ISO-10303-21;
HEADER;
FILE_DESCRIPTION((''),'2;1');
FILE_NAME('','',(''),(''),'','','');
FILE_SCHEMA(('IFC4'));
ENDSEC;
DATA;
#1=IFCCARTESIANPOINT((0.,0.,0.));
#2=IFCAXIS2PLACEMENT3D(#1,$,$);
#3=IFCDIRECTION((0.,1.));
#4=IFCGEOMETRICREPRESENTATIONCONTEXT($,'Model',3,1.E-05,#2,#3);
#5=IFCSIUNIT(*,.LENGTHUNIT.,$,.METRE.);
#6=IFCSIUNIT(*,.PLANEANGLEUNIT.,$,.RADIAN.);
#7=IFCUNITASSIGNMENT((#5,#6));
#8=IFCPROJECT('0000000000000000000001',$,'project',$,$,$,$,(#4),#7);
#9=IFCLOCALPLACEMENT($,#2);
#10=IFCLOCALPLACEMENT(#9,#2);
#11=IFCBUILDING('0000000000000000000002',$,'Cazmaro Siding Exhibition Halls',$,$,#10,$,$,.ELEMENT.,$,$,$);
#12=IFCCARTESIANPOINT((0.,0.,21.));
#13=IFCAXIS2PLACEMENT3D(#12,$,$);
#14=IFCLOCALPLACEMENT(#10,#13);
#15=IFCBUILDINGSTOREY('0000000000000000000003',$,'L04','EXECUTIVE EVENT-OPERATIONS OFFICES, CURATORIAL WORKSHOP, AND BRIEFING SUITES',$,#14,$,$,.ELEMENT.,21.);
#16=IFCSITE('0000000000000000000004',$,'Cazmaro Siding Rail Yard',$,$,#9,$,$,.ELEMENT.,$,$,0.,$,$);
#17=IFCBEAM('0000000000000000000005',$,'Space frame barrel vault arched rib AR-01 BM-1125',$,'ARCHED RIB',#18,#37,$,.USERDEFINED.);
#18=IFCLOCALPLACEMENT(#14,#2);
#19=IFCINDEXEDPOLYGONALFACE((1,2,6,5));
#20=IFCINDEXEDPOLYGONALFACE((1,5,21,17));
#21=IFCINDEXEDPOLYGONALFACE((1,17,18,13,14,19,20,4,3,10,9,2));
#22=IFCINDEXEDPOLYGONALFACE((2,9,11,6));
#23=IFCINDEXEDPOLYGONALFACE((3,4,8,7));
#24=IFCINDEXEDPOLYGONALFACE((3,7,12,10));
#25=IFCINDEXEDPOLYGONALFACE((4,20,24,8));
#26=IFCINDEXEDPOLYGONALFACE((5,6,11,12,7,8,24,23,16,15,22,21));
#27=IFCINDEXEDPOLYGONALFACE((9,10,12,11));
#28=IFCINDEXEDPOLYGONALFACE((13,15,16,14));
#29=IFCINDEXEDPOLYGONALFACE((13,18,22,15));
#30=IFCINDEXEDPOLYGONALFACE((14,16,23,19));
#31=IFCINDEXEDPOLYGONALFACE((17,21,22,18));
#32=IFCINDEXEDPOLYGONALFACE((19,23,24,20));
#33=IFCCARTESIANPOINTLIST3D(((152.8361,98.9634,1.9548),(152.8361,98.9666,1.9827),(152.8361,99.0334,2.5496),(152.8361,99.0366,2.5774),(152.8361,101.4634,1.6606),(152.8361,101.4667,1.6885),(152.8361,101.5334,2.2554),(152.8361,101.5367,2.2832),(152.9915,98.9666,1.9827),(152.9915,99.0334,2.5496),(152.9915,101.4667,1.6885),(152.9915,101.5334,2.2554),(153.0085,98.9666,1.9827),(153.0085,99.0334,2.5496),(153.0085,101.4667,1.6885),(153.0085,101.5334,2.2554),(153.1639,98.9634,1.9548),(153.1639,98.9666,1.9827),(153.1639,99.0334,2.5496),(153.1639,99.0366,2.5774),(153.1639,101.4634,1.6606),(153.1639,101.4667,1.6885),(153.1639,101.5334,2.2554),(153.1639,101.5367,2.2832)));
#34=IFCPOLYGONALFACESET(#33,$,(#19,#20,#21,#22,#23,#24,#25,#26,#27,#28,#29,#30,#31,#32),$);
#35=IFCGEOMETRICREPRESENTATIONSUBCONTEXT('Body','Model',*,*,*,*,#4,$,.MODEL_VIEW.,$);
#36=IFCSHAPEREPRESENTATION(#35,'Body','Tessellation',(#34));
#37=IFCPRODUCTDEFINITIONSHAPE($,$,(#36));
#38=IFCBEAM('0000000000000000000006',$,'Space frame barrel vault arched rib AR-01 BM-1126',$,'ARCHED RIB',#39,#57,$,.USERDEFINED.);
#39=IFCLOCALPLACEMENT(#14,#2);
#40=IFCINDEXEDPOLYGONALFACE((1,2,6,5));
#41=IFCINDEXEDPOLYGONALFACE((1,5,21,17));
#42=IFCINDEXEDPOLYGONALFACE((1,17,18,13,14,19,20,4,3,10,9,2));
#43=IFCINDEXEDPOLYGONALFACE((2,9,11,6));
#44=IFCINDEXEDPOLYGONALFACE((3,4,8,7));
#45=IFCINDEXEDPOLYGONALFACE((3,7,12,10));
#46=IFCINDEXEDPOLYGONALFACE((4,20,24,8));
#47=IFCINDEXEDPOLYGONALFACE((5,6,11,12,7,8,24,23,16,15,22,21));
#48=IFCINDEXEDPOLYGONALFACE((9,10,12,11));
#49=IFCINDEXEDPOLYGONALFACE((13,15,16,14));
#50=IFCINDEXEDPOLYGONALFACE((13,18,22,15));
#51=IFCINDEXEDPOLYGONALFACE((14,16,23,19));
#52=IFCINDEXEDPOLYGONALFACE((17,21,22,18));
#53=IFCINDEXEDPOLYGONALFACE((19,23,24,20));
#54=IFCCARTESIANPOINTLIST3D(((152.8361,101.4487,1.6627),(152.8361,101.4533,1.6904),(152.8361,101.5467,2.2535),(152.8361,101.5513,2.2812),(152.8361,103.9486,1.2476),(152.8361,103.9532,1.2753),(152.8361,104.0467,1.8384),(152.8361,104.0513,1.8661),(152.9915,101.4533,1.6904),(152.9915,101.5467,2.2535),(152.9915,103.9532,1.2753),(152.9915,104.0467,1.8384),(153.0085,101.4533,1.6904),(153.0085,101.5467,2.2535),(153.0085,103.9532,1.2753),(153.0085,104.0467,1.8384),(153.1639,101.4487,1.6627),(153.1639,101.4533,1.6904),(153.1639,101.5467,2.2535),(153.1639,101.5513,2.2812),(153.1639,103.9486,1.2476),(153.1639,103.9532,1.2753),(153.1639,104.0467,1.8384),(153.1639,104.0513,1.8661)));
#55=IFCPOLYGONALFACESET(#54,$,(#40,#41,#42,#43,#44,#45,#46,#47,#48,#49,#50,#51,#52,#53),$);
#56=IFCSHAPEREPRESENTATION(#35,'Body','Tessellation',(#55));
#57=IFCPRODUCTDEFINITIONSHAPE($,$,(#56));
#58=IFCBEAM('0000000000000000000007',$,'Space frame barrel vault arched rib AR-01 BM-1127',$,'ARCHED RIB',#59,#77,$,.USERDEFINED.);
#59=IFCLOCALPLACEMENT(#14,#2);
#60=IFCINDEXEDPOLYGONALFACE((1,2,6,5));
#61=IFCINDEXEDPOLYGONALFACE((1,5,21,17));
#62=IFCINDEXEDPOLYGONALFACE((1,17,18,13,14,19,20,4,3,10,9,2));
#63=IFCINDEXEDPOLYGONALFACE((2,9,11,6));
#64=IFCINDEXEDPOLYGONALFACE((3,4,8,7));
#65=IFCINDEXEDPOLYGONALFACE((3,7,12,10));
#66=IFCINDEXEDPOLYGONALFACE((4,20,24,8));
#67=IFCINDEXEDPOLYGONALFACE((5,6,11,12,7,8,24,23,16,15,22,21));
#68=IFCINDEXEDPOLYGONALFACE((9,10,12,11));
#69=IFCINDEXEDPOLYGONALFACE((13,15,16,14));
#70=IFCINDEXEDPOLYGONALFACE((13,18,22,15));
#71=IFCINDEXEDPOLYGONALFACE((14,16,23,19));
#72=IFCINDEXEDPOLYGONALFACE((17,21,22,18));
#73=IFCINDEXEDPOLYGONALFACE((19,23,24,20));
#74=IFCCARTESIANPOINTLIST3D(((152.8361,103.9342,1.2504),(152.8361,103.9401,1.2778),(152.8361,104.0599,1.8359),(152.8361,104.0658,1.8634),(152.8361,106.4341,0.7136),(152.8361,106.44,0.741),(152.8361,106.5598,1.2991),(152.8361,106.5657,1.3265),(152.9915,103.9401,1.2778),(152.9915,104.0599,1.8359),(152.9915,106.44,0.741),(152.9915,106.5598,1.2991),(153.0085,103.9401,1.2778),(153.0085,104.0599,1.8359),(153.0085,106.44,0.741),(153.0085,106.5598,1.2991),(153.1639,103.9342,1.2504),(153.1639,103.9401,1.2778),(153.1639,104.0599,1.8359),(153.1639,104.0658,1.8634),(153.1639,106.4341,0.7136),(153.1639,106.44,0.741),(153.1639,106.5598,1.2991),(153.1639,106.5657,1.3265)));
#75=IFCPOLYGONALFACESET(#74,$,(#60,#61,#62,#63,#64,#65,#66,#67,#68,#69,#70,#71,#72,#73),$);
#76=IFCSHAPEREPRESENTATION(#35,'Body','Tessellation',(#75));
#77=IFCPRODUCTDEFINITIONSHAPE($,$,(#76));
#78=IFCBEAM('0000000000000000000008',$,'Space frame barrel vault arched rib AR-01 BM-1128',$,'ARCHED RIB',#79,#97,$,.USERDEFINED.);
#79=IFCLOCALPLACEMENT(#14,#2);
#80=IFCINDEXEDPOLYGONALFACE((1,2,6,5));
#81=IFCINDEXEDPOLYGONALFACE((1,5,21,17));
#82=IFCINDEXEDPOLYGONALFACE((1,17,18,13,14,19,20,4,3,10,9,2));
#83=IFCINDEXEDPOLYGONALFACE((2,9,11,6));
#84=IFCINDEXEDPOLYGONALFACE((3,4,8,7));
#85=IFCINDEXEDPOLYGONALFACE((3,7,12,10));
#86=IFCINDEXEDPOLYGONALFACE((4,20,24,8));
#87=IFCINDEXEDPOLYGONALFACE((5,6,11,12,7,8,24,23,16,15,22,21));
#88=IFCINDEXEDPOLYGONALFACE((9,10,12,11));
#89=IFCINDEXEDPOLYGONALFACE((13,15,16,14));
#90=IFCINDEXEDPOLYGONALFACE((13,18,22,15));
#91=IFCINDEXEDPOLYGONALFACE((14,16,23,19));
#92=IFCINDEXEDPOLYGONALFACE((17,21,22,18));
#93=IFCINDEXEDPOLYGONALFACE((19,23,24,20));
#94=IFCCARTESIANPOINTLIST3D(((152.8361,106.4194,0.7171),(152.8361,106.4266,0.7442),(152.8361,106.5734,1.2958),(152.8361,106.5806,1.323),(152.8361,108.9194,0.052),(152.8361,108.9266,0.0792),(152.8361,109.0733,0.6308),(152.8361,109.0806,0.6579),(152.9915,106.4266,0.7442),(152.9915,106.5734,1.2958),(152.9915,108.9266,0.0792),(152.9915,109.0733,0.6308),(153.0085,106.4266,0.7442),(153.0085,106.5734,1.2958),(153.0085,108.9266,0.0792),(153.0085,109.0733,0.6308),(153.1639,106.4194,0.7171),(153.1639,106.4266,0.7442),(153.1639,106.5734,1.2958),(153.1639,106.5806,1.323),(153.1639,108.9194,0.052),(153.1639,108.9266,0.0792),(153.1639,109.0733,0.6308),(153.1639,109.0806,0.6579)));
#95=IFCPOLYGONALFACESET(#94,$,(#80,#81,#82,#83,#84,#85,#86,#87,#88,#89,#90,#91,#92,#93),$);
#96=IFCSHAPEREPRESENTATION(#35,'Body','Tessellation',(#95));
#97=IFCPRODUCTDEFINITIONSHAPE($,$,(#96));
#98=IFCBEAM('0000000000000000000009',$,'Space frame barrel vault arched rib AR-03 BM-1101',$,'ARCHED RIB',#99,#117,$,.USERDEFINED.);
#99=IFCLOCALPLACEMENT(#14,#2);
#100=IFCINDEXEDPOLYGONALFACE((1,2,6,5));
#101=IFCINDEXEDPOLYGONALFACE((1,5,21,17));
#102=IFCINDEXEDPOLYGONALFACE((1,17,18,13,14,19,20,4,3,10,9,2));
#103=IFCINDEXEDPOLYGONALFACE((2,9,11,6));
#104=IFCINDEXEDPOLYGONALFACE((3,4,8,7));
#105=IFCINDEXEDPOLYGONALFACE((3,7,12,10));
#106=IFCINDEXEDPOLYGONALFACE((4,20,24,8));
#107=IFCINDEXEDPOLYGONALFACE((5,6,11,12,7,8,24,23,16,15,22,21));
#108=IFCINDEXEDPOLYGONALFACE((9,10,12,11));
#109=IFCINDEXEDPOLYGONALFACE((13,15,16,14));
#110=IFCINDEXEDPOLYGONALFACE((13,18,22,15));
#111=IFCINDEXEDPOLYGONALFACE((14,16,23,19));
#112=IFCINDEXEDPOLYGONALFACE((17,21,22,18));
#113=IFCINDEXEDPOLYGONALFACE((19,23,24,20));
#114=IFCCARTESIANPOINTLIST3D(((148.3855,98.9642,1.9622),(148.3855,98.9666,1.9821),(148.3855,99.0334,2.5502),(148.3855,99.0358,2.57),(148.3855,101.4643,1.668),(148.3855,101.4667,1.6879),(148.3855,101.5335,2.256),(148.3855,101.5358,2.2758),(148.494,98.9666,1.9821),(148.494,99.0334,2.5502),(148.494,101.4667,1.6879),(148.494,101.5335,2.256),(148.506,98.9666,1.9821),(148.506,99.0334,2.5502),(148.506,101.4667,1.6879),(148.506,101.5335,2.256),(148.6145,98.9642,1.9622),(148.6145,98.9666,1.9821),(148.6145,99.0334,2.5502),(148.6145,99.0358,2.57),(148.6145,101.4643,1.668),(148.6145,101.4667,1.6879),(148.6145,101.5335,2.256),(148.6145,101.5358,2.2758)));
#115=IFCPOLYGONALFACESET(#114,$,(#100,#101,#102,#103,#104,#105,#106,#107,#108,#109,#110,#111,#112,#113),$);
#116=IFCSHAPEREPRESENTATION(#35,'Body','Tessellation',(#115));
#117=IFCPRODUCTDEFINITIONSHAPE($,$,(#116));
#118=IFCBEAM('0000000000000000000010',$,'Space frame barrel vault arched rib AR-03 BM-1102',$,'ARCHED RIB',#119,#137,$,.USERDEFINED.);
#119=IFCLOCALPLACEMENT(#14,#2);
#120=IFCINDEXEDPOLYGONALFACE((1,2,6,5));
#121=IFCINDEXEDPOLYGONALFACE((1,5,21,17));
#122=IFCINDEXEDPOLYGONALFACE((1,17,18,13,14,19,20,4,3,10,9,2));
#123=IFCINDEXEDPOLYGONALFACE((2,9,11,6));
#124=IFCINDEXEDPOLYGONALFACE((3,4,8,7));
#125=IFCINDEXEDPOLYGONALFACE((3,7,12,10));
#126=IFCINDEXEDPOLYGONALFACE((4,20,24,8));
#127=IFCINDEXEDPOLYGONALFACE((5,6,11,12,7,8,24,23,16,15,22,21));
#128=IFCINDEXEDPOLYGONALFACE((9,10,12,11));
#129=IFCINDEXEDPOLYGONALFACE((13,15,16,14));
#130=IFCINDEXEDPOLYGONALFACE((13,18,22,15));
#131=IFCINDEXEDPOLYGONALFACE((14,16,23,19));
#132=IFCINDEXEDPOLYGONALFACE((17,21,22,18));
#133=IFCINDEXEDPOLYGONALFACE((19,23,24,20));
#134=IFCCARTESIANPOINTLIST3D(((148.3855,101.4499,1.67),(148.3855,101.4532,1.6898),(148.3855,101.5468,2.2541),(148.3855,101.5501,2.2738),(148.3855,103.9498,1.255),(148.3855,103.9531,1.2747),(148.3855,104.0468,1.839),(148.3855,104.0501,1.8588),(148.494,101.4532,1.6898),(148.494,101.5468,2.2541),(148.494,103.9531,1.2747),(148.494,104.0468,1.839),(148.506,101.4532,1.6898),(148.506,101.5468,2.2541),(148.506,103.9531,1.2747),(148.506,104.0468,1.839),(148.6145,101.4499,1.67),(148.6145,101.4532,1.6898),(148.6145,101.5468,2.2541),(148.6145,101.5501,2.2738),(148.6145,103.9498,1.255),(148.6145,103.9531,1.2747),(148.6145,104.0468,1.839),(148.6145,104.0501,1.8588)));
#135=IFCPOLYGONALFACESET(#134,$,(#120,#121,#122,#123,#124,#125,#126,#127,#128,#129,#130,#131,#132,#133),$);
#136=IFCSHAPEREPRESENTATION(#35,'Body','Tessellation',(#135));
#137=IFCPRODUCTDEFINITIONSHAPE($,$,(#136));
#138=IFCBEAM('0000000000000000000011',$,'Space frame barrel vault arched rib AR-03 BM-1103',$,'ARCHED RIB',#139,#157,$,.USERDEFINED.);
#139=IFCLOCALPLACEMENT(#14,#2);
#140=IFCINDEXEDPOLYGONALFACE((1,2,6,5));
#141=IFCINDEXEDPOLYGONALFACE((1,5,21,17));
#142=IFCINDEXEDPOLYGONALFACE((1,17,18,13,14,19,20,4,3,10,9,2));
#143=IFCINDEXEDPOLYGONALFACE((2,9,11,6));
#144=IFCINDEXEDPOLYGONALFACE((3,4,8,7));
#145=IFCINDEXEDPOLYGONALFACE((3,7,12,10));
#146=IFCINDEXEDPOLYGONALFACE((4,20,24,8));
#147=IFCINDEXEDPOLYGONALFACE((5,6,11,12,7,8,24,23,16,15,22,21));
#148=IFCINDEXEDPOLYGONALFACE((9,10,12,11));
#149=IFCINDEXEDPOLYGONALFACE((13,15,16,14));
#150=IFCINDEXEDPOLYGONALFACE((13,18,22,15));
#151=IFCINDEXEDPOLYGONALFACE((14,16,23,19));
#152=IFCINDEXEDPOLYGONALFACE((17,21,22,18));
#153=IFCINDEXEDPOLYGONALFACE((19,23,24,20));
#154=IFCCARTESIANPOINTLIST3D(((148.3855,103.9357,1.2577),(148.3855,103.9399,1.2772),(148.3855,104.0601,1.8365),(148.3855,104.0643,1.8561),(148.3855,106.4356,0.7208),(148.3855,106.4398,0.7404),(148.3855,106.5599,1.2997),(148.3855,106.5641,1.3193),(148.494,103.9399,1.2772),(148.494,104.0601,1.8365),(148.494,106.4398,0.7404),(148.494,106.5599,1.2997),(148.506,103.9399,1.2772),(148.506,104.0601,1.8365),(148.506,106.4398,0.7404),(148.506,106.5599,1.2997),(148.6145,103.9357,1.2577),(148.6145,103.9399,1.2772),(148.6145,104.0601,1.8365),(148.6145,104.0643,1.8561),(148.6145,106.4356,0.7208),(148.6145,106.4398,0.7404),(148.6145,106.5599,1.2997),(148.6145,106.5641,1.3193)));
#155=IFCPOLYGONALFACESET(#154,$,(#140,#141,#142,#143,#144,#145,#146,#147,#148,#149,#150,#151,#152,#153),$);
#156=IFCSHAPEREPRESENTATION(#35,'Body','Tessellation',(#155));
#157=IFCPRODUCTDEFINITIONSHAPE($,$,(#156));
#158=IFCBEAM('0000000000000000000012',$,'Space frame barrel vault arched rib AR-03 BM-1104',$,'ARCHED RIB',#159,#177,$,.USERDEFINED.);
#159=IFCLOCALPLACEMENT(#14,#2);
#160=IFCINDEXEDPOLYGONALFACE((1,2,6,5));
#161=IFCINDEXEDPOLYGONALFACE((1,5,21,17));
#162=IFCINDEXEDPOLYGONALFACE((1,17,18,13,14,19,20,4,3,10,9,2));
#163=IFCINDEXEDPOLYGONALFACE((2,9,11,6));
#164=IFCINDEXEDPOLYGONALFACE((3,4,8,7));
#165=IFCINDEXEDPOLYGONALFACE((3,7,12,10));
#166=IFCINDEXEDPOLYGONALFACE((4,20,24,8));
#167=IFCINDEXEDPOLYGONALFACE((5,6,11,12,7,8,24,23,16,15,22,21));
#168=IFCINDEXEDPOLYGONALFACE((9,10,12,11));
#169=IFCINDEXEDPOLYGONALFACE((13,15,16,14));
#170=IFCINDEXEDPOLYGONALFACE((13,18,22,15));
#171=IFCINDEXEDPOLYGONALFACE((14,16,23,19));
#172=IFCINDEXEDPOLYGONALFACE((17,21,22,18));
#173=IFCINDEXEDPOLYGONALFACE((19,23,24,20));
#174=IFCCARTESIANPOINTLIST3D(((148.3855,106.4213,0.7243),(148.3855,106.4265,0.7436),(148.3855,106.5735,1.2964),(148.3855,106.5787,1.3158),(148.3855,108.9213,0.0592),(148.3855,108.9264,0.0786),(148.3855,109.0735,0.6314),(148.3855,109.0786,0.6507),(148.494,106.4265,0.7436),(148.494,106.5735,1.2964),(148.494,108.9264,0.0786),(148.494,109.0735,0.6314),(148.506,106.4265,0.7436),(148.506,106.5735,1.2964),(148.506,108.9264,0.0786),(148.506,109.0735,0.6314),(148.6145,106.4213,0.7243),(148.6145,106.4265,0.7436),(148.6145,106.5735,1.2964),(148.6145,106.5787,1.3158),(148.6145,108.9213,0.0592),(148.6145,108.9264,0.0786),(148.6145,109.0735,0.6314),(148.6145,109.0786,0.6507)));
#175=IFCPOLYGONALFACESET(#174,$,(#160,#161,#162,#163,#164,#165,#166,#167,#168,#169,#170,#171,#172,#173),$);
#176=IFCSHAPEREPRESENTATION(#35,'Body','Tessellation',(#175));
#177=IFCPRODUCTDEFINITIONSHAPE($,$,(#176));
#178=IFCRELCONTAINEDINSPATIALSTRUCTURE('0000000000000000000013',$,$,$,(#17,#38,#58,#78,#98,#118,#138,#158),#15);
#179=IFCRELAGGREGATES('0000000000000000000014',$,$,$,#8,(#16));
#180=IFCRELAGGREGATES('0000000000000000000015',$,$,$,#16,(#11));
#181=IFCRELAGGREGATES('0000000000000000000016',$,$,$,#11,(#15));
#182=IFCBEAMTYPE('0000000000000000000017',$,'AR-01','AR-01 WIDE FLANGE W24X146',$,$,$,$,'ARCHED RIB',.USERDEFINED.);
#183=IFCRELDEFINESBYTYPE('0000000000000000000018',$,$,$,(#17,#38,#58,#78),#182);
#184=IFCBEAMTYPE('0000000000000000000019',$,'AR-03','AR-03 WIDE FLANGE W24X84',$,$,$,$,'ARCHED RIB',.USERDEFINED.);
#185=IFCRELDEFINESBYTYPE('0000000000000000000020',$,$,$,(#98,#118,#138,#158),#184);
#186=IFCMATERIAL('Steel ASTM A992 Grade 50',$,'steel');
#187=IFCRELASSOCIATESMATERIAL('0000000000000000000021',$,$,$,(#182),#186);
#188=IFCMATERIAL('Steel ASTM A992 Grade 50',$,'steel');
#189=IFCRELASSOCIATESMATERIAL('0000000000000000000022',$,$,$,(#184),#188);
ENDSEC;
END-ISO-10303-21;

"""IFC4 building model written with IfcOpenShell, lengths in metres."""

from ifc_helpers import new_model, si_unit, direction, frame, origin, origin_2d, place, context, subcontext, project, spatial, i_section, extrude, material, material_profile, profile_set, type_object, element, save


model = new_model("IFC4")

# Units and contexts
model_context = context("Model", 3, precision=1e-05, world=origin(), true_north=direction((0.0, 1.0)))
body_context = subcontext(model_context, "Body", "Model", "MODEL_VIEW")
ifc_project = project(units=[si_unit("LENGTHUNIT", "METRE"), si_unit("PLANEANGLEUNIT", "RADIAN")], contexts=[model_context])

# Site, building, storey
site_placement = place(None, origin())
site = spatial("IfcSite", under=ifc_project, at=site_placement, Name="Cazmaro Siding Rail Yard", CompositionType="ELEMENT", RefElevation=0.0)
building_placement = place(site_placement, origin())
building = spatial("IfcBuilding", under=site, at=building_placement, Name="Cazmaro Siding Exhibition Halls", CompositionType="ELEMENT")
storey_placement = place(building_placement, frame((0.0, 0.0, 21.0)))
storey = spatial("IfcBuildingStorey", under=building, at=storey_placement, Name="L04", Description="EXECUTIVE EVENT-OPERATIONS OFFICES, CURATORIAL WORKSHOP, AND BRIEFING SUITES", CompositionType="ELEMENT", Elevation=21.0)

# Beams
ifc_material_1 = material(Name="Steel ASTM A992 Grade 50", Category="steel")
ifc_material_profile_1 = material_profile(ifc_material_1, i_section(OverallWidth=0.3279, OverallDepth=0.627, WebThickness=0.0171, FlangeThickness=0.0281, at=origin_2d()), Name="W24X146")
ifc_profile_set_1 = profile_set([ifc_material_profile_1], Name="Steel ASTM A992 Grade 50")
beam_type_1 = type_object("IfcBeamType", Name="AR-01", Description="AR-01 WIDE FLANGE W24X146", ElementType="ARCHED RIB", PredefinedType="USERDEFINED", material=ifc_profile_set_1)
beam_1_placement = place(storey_placement, frame((153.0, 99.0, 2.2661), z_axis=(0.0, 0.993147, -0.116869), x_axis=(-1.0, 0.0, 0.0)))
element("IfcBeam", 1, at=beam_1_placement, inside=storey, type_object=beam_type_1, Name="Space frame barrel vault arched rib AR-01 BM-1125", ObjectType="ARCHED RIB", PredefinedType="USERDEFINED", context=body_context, shape_type="SweptSolid", body=[
    extrude(i_section(OverallWidth=0.3279, OverallDepth=0.627, WebThickness=0.0171, FlangeThickness=0.0281, at=origin_2d()), origin(), (0.0, 0.0, 1.0), 2.5173),
])
beam_2_placement = place(storey_placement, frame((153.0, 101.5, 1.9719), z_axis=(0.0, 0.986498, -0.163774), x_axis=(-1.0, 0.0, 0.0)))
element("IfcBeam", 2, at=beam_2_placement, inside=storey, type_object=beam_type_1, Name="Space frame barrel vault arched rib AR-01 BM-1126", ObjectType="ARCHED RIB", PredefinedType="USERDEFINED", context=body_context, shape_type="SweptSolid", body=[
    extrude(i_section(OverallWidth=0.3279, OverallDepth=0.627, WebThickness=0.0171, FlangeThickness=0.0281, at=origin_2d()), origin(), (0.0, 0.0, 1.0), 2.5342),
])
beam_3_placement = place(storey_placement, frame((153.0, 104.0, 1.5569), z_axis=(0.0, 0.97771, -0.209959), x_axis=(-1.0, 0.0, 0.0)))
element("IfcBeam", 3, at=beam_3_placement, inside=storey, type_object=beam_type_1, Name="Space frame barrel vault arched rib AR-01 BM-1127", ObjectType="ARCHED RIB", PredefinedType="USERDEFINED", context=body_context, shape_type="SweptSolid", body=[
    extrude(i_section(OverallWidth=0.3279, OverallDepth=0.627, WebThickness=0.0171, FlangeThickness=0.0281, at=origin_2d()), origin(), (0.0, 0.0, 1.0), 2.5569),
])
beam_4_placement = place(storey_placement, frame((153.0, 106.5, 1.02), z_axis=(0.0, 0.966391, -0.257075), x_axis=(-1.0, 0.0, 0.0)))
element("IfcBeam", 4, at=beam_4_placement, inside=storey, type_object=beam_type_1, Name="Space frame barrel vault arched rib AR-01 BM-1128", ObjectType="ARCHED RIB", PredefinedType="USERDEFINED", context=body_context, shape_type="SweptSolid", body=[
    extrude(i_section(OverallWidth=0.3279, OverallDepth=0.627, WebThickness=0.0171, FlangeThickness=0.0281, at=origin_2d()), origin(), (0.0, 0.0, 1.0), 2.5869),
])
ifc_material_2 = material(Name="Steel ASTM A992 Grade 50", Category="steel")
ifc_material_profile_2 = material_profile(ifc_material_2, i_section(OverallWidth=0.229, OverallDepth=0.6121, WebThickness=0.012, FlangeThickness=0.02, at=origin_2d()), Name="W24X84")
ifc_profile_set_2 = profile_set([ifc_material_profile_2], Name="Steel ASTM A992 Grade 50")
beam_type_2 = type_object("IfcBeamType", Name="AR-03", Description="AR-03 WIDE FLANGE W24X84", ElementType="ARCHED RIB", PredefinedType="USERDEFINED", material=ifc_profile_set_2)
beam_5_placement = place(storey_placement, frame((148.5, 99.0, 2.2661), z_axis=(0.0, 0.993147, -0.116869), x_axis=(-1.0, 0.0, 0.0)))
element("IfcBeam", 5, at=beam_5_placement, inside=storey, type_object=beam_type_2, Name="Space frame barrel vault arched rib AR-03 BM-1101", ObjectType="ARCHED RIB", PredefinedType="USERDEFINED", context=body_context, shape_type="SweptSolid", body=[
    extrude(i_section(OverallWidth=0.229, OverallDepth=0.6121, WebThickness=0.012, FlangeThickness=0.02, at=origin_2d()), origin(), (0.0, 0.0, 1.0), 2.5173),
])
beam_6_placement = place(storey_placement, frame((148.5, 101.5, 1.9719), z_axis=(0.0, 0.986498, -0.163774), x_axis=(-1.0, 0.0, 0.0)))
element("IfcBeam", 6, at=beam_6_placement, inside=storey, type_object=beam_type_2, Name="Space frame barrel vault arched rib AR-03 BM-1102", ObjectType="ARCHED RIB", PredefinedType="USERDEFINED", context=body_context, shape_type="SweptSolid", body=[
    extrude(i_section(OverallWidth=0.229, OverallDepth=0.6121, WebThickness=0.012, FlangeThickness=0.02, at=origin_2d()), origin(), (0.0, 0.0, 1.0), 2.5342),
])
beam_7_placement = place(storey_placement, frame((148.5, 104.0, 1.5569), z_axis=(0.0, 0.97771, -0.209959), x_axis=(-1.0, 0.0, 0.0)))
element("IfcBeam", 7, at=beam_7_placement, inside=storey, type_object=beam_type_2, Name="Space frame barrel vault arched rib AR-03 BM-1103", ObjectType="ARCHED RIB", PredefinedType="USERDEFINED", context=body_context, shape_type="SweptSolid", body=[
    extrude(i_section(OverallWidth=0.229, OverallDepth=0.6121, WebThickness=0.012, FlangeThickness=0.02, at=origin_2d()), origin(), (0.0, 0.0, 1.0), 2.5569),
])
beam_8_placement = place(storey_placement, frame((148.5, 106.5, 1.02), z_axis=(0.0, 0.966391, -0.257075), x_axis=(-1.0, 0.0, 0.0)))
element("IfcBeam", 8, at=beam_8_placement, inside=storey, type_object=beam_type_2, Name="Space frame barrel vault arched rib AR-03 BM-1104", ObjectType="ARCHED RIB", PredefinedType="USERDEFINED", context=body_context, shape_type="SweptSolid", body=[
    extrude(i_section(OverallWidth=0.229, OverallDepth=0.6121, WebThickness=0.012, FlangeThickness=0.02, at=origin_2d()), origin(), (0.0, 0.0, 1.0), 2.5869),
])

save(model, "model.ifc")
